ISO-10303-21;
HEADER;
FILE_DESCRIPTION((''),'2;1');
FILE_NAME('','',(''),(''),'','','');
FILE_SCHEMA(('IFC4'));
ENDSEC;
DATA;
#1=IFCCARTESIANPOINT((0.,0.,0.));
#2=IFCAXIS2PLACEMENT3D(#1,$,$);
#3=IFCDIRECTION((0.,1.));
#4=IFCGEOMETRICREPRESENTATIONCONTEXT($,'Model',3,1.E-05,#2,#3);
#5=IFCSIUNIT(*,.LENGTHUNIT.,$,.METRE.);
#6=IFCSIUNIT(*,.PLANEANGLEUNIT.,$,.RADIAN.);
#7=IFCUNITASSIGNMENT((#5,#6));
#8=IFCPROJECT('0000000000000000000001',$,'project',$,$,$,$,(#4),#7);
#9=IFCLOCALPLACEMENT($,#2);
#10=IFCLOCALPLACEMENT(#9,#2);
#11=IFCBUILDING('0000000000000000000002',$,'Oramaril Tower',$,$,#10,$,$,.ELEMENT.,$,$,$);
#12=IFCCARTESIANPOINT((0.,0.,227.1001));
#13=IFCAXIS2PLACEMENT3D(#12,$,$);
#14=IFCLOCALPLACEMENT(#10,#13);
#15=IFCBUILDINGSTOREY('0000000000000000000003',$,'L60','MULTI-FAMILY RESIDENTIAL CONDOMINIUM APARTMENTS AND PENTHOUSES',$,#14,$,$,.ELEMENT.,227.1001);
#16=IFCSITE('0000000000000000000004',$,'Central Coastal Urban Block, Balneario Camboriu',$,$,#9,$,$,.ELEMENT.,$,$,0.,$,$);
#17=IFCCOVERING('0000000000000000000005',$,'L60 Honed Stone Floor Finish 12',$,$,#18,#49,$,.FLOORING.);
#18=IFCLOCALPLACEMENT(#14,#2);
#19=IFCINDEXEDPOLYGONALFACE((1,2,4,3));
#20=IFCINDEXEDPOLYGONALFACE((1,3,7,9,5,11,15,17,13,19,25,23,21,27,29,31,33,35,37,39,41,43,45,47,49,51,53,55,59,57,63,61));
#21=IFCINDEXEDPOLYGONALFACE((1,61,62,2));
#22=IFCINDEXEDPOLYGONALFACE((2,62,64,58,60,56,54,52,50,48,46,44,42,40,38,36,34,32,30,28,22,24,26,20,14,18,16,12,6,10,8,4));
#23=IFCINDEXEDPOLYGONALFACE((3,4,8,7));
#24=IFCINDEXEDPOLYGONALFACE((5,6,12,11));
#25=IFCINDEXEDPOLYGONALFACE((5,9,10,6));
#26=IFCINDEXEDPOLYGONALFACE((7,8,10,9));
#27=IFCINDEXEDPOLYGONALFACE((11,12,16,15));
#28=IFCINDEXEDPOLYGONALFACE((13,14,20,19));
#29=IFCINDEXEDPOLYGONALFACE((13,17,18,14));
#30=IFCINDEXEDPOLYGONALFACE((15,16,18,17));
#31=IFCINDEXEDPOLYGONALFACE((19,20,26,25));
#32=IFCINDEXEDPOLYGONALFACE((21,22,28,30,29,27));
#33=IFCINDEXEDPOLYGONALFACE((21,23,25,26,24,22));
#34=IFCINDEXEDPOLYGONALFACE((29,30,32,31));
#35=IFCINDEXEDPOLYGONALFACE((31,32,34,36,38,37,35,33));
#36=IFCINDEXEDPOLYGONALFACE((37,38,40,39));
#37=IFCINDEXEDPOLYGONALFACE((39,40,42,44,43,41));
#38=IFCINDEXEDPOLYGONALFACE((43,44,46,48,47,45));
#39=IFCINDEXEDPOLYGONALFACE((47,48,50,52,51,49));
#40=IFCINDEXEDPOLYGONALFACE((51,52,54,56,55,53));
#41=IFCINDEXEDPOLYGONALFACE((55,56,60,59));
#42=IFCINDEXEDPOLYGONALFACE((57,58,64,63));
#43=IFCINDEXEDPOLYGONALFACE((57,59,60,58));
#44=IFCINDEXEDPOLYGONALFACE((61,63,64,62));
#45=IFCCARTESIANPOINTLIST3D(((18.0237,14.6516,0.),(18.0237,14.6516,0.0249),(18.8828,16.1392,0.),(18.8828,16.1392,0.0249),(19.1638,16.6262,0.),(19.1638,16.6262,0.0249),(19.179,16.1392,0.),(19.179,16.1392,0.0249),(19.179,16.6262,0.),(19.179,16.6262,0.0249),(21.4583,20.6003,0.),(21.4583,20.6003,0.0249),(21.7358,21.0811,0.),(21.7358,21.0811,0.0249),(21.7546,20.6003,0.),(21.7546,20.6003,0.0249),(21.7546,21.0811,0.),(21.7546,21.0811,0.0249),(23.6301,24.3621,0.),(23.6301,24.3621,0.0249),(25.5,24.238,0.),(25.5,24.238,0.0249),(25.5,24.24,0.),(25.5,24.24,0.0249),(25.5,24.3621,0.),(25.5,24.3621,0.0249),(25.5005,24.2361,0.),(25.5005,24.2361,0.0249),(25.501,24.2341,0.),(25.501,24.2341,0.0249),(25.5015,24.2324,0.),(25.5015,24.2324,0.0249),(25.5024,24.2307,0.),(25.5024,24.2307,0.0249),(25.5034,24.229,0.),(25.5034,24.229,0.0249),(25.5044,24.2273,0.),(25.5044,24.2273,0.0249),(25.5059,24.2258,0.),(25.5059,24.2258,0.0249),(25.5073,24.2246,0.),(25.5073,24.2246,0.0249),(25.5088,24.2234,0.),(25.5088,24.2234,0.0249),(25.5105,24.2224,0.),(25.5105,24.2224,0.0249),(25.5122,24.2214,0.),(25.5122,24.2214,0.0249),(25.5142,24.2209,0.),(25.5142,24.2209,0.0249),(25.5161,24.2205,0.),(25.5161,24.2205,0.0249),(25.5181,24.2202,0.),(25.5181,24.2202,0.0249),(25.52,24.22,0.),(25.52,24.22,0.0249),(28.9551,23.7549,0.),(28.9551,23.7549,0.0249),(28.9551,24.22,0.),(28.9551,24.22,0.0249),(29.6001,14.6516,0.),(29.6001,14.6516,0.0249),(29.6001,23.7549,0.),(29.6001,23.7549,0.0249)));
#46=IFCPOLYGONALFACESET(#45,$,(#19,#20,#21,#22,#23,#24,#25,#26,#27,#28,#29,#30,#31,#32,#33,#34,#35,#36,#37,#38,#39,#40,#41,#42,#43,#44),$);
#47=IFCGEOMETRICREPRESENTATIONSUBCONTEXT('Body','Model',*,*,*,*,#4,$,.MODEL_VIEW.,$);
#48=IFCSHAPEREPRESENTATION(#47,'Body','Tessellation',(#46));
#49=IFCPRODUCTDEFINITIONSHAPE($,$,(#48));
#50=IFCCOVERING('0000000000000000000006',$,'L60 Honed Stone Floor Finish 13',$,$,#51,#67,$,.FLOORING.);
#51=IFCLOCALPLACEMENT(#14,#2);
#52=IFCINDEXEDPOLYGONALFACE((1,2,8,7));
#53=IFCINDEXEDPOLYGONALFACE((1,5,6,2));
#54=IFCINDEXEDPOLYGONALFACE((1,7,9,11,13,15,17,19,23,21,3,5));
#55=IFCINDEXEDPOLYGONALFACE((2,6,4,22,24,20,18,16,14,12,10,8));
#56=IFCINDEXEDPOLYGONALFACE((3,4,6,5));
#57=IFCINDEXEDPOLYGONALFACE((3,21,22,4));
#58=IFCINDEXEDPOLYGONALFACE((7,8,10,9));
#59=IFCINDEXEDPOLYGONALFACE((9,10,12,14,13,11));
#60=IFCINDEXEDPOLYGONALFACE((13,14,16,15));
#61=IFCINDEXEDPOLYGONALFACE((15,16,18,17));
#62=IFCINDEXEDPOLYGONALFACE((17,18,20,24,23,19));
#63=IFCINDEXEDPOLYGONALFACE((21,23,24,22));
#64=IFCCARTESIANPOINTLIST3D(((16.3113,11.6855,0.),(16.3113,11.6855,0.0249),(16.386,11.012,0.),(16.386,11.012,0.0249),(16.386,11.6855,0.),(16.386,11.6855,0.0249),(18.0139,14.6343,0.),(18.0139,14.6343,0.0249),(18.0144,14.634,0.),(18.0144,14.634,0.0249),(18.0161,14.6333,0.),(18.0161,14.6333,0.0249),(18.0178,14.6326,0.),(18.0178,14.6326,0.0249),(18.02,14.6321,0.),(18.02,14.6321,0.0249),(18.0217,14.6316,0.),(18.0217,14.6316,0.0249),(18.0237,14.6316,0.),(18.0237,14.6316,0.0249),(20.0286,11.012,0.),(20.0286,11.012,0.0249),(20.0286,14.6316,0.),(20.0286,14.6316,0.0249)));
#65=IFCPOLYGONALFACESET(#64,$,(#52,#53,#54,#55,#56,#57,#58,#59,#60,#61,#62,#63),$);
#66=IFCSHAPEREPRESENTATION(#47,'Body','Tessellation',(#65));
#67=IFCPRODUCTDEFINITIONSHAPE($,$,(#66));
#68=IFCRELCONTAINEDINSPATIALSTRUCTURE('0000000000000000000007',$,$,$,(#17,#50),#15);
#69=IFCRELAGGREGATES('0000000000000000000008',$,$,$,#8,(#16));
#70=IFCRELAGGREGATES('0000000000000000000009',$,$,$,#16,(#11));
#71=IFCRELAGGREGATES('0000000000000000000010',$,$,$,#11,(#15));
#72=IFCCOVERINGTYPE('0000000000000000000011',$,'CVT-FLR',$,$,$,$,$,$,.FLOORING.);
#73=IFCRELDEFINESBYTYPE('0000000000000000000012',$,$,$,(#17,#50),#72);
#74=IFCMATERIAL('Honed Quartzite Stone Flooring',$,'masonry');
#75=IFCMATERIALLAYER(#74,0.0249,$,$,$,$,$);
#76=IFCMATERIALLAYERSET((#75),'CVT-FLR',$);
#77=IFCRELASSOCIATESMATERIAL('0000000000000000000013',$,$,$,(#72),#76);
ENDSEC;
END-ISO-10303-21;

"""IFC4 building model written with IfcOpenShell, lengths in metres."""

from ifc_helpers import new_model, si_unit, direction, frame, origin, place, context, subcontext, project, spatial, polyline, outline, extrude, material, layer, layer_set, type_object, element, save


model = new_model("IFC4")

# Units and contexts
model_context = context("Model", 3, precision=1e-05, world=origin(), true_north=direction((0.0, 1.0)))
body_context = subcontext(model_context, "Body", "Model", "MODEL_VIEW")
ifc_project = project(units=[si_unit("LENGTHUNIT", "METRE"), si_unit("PLANEANGLEUNIT", "RADIAN")], contexts=[model_context])

# Site, building, storey
site_placement = place(None, origin())
site = spatial("IfcSite", under=ifc_project, at=site_placement, Name="Central Coastal Urban Block, Balneario Camboriu", CompositionType="ELEMENT", RefElevation=0.0)
building_placement = place(site_placement, origin())
building = spatial("IfcBuilding", under=site, at=building_placement, Name="Oramaril Tower", CompositionType="ELEMENT")
storey_placement = place(building_placement, frame((0.0, 0.0, 227.1001)))
storey = spatial("IfcBuildingStorey", under=building, at=storey_placement, Name="L60", Description="MULTI-FAMILY RESIDENTIAL CONDOMINIUM APARTMENTS AND PENTHOUSES", CompositionType="ELEMENT", Elevation=227.1001)

# Coverings
ifc_material_1 = material(Name="Honed Quartzite Stone Flooring", Category="masonry")
ifc_layer_1 = layer(ifc_material_1, 0.0249)
ifc_layer_set_1 = layer_set([ifc_layer_1], Name="CVT-FLR")
covering_type = type_object("IfcCoveringType", Name="CVT-FLR", PredefinedType="FLOORING", material=ifc_layer_set_1)
covering_1_placement = place(storey_placement, origin())
element("IfcCovering", 1, at=covering_1_placement, inside=storey, type_object=covering_type, Name="L60 Honed Stone Floor Finish 12", PredefinedType="FLOORING", context=body_context, shape_type="SweptSolid", body=[
    extrude(outline(polyline([(28.9551, 23.7549), (29.6001, 23.7549), (29.6001, 14.6516), (18.0237, 14.6516), (18.8828, 16.1392), (19.179, 16.1392), (19.179, 16.6262), (19.1638, 16.6262), (21.4583, 20.6003), (21.7546, 20.6003), (21.7546, 21.0811), (21.7358, 21.0811), (23.6301, 24.3621), (25.5, 24.3621), (25.5, 24.24), (25.5, 24.238), (25.5005, 24.2361), (25.501, 24.2341), (25.5015, 24.2324), (25.5024, 24.2307), (25.5034, 24.229), (25.5044, 24.2273), (25.5059, 24.2258), (25.5073, 24.2246), (25.5088, 24.2234), (25.5105, 24.2224), (25.5122, 24.2214), (25.5142, 24.2209), (25.5161, 24.2205), (25.5181, 24.2202), (25.52, 24.22), (28.9551, 24.22), (28.9551, 23.7549)])), origin(), (0.0, 0.0, 1.0), 0.0249),
])
covering_2_placement = place(storey_placement, origin())
element("IfcCovering", 2, at=covering_2_placement, inside=storey, type_object=covering_type, Name="L60 Honed Stone Floor Finish 13", PredefinedType="FLOORING", context=body_context, shape_type="SweptSolid", body=[
    extrude(outline(polyline([(16.386, 11.6855), (16.3113, 11.6855), (18.0139, 14.6343), (18.0144, 14.634), (18.0161, 14.6333), (18.0178, 14.6326), (18.02, 14.6321), (18.0217, 14.6316), (18.0237, 14.6316), (20.0286, 14.6316), (20.0286, 11.012), (16.386, 11.012), (16.386, 11.6855)])), origin(), (0.0, 0.0, 1.0), 0.0249),
])

save(model, "model.ifc")
